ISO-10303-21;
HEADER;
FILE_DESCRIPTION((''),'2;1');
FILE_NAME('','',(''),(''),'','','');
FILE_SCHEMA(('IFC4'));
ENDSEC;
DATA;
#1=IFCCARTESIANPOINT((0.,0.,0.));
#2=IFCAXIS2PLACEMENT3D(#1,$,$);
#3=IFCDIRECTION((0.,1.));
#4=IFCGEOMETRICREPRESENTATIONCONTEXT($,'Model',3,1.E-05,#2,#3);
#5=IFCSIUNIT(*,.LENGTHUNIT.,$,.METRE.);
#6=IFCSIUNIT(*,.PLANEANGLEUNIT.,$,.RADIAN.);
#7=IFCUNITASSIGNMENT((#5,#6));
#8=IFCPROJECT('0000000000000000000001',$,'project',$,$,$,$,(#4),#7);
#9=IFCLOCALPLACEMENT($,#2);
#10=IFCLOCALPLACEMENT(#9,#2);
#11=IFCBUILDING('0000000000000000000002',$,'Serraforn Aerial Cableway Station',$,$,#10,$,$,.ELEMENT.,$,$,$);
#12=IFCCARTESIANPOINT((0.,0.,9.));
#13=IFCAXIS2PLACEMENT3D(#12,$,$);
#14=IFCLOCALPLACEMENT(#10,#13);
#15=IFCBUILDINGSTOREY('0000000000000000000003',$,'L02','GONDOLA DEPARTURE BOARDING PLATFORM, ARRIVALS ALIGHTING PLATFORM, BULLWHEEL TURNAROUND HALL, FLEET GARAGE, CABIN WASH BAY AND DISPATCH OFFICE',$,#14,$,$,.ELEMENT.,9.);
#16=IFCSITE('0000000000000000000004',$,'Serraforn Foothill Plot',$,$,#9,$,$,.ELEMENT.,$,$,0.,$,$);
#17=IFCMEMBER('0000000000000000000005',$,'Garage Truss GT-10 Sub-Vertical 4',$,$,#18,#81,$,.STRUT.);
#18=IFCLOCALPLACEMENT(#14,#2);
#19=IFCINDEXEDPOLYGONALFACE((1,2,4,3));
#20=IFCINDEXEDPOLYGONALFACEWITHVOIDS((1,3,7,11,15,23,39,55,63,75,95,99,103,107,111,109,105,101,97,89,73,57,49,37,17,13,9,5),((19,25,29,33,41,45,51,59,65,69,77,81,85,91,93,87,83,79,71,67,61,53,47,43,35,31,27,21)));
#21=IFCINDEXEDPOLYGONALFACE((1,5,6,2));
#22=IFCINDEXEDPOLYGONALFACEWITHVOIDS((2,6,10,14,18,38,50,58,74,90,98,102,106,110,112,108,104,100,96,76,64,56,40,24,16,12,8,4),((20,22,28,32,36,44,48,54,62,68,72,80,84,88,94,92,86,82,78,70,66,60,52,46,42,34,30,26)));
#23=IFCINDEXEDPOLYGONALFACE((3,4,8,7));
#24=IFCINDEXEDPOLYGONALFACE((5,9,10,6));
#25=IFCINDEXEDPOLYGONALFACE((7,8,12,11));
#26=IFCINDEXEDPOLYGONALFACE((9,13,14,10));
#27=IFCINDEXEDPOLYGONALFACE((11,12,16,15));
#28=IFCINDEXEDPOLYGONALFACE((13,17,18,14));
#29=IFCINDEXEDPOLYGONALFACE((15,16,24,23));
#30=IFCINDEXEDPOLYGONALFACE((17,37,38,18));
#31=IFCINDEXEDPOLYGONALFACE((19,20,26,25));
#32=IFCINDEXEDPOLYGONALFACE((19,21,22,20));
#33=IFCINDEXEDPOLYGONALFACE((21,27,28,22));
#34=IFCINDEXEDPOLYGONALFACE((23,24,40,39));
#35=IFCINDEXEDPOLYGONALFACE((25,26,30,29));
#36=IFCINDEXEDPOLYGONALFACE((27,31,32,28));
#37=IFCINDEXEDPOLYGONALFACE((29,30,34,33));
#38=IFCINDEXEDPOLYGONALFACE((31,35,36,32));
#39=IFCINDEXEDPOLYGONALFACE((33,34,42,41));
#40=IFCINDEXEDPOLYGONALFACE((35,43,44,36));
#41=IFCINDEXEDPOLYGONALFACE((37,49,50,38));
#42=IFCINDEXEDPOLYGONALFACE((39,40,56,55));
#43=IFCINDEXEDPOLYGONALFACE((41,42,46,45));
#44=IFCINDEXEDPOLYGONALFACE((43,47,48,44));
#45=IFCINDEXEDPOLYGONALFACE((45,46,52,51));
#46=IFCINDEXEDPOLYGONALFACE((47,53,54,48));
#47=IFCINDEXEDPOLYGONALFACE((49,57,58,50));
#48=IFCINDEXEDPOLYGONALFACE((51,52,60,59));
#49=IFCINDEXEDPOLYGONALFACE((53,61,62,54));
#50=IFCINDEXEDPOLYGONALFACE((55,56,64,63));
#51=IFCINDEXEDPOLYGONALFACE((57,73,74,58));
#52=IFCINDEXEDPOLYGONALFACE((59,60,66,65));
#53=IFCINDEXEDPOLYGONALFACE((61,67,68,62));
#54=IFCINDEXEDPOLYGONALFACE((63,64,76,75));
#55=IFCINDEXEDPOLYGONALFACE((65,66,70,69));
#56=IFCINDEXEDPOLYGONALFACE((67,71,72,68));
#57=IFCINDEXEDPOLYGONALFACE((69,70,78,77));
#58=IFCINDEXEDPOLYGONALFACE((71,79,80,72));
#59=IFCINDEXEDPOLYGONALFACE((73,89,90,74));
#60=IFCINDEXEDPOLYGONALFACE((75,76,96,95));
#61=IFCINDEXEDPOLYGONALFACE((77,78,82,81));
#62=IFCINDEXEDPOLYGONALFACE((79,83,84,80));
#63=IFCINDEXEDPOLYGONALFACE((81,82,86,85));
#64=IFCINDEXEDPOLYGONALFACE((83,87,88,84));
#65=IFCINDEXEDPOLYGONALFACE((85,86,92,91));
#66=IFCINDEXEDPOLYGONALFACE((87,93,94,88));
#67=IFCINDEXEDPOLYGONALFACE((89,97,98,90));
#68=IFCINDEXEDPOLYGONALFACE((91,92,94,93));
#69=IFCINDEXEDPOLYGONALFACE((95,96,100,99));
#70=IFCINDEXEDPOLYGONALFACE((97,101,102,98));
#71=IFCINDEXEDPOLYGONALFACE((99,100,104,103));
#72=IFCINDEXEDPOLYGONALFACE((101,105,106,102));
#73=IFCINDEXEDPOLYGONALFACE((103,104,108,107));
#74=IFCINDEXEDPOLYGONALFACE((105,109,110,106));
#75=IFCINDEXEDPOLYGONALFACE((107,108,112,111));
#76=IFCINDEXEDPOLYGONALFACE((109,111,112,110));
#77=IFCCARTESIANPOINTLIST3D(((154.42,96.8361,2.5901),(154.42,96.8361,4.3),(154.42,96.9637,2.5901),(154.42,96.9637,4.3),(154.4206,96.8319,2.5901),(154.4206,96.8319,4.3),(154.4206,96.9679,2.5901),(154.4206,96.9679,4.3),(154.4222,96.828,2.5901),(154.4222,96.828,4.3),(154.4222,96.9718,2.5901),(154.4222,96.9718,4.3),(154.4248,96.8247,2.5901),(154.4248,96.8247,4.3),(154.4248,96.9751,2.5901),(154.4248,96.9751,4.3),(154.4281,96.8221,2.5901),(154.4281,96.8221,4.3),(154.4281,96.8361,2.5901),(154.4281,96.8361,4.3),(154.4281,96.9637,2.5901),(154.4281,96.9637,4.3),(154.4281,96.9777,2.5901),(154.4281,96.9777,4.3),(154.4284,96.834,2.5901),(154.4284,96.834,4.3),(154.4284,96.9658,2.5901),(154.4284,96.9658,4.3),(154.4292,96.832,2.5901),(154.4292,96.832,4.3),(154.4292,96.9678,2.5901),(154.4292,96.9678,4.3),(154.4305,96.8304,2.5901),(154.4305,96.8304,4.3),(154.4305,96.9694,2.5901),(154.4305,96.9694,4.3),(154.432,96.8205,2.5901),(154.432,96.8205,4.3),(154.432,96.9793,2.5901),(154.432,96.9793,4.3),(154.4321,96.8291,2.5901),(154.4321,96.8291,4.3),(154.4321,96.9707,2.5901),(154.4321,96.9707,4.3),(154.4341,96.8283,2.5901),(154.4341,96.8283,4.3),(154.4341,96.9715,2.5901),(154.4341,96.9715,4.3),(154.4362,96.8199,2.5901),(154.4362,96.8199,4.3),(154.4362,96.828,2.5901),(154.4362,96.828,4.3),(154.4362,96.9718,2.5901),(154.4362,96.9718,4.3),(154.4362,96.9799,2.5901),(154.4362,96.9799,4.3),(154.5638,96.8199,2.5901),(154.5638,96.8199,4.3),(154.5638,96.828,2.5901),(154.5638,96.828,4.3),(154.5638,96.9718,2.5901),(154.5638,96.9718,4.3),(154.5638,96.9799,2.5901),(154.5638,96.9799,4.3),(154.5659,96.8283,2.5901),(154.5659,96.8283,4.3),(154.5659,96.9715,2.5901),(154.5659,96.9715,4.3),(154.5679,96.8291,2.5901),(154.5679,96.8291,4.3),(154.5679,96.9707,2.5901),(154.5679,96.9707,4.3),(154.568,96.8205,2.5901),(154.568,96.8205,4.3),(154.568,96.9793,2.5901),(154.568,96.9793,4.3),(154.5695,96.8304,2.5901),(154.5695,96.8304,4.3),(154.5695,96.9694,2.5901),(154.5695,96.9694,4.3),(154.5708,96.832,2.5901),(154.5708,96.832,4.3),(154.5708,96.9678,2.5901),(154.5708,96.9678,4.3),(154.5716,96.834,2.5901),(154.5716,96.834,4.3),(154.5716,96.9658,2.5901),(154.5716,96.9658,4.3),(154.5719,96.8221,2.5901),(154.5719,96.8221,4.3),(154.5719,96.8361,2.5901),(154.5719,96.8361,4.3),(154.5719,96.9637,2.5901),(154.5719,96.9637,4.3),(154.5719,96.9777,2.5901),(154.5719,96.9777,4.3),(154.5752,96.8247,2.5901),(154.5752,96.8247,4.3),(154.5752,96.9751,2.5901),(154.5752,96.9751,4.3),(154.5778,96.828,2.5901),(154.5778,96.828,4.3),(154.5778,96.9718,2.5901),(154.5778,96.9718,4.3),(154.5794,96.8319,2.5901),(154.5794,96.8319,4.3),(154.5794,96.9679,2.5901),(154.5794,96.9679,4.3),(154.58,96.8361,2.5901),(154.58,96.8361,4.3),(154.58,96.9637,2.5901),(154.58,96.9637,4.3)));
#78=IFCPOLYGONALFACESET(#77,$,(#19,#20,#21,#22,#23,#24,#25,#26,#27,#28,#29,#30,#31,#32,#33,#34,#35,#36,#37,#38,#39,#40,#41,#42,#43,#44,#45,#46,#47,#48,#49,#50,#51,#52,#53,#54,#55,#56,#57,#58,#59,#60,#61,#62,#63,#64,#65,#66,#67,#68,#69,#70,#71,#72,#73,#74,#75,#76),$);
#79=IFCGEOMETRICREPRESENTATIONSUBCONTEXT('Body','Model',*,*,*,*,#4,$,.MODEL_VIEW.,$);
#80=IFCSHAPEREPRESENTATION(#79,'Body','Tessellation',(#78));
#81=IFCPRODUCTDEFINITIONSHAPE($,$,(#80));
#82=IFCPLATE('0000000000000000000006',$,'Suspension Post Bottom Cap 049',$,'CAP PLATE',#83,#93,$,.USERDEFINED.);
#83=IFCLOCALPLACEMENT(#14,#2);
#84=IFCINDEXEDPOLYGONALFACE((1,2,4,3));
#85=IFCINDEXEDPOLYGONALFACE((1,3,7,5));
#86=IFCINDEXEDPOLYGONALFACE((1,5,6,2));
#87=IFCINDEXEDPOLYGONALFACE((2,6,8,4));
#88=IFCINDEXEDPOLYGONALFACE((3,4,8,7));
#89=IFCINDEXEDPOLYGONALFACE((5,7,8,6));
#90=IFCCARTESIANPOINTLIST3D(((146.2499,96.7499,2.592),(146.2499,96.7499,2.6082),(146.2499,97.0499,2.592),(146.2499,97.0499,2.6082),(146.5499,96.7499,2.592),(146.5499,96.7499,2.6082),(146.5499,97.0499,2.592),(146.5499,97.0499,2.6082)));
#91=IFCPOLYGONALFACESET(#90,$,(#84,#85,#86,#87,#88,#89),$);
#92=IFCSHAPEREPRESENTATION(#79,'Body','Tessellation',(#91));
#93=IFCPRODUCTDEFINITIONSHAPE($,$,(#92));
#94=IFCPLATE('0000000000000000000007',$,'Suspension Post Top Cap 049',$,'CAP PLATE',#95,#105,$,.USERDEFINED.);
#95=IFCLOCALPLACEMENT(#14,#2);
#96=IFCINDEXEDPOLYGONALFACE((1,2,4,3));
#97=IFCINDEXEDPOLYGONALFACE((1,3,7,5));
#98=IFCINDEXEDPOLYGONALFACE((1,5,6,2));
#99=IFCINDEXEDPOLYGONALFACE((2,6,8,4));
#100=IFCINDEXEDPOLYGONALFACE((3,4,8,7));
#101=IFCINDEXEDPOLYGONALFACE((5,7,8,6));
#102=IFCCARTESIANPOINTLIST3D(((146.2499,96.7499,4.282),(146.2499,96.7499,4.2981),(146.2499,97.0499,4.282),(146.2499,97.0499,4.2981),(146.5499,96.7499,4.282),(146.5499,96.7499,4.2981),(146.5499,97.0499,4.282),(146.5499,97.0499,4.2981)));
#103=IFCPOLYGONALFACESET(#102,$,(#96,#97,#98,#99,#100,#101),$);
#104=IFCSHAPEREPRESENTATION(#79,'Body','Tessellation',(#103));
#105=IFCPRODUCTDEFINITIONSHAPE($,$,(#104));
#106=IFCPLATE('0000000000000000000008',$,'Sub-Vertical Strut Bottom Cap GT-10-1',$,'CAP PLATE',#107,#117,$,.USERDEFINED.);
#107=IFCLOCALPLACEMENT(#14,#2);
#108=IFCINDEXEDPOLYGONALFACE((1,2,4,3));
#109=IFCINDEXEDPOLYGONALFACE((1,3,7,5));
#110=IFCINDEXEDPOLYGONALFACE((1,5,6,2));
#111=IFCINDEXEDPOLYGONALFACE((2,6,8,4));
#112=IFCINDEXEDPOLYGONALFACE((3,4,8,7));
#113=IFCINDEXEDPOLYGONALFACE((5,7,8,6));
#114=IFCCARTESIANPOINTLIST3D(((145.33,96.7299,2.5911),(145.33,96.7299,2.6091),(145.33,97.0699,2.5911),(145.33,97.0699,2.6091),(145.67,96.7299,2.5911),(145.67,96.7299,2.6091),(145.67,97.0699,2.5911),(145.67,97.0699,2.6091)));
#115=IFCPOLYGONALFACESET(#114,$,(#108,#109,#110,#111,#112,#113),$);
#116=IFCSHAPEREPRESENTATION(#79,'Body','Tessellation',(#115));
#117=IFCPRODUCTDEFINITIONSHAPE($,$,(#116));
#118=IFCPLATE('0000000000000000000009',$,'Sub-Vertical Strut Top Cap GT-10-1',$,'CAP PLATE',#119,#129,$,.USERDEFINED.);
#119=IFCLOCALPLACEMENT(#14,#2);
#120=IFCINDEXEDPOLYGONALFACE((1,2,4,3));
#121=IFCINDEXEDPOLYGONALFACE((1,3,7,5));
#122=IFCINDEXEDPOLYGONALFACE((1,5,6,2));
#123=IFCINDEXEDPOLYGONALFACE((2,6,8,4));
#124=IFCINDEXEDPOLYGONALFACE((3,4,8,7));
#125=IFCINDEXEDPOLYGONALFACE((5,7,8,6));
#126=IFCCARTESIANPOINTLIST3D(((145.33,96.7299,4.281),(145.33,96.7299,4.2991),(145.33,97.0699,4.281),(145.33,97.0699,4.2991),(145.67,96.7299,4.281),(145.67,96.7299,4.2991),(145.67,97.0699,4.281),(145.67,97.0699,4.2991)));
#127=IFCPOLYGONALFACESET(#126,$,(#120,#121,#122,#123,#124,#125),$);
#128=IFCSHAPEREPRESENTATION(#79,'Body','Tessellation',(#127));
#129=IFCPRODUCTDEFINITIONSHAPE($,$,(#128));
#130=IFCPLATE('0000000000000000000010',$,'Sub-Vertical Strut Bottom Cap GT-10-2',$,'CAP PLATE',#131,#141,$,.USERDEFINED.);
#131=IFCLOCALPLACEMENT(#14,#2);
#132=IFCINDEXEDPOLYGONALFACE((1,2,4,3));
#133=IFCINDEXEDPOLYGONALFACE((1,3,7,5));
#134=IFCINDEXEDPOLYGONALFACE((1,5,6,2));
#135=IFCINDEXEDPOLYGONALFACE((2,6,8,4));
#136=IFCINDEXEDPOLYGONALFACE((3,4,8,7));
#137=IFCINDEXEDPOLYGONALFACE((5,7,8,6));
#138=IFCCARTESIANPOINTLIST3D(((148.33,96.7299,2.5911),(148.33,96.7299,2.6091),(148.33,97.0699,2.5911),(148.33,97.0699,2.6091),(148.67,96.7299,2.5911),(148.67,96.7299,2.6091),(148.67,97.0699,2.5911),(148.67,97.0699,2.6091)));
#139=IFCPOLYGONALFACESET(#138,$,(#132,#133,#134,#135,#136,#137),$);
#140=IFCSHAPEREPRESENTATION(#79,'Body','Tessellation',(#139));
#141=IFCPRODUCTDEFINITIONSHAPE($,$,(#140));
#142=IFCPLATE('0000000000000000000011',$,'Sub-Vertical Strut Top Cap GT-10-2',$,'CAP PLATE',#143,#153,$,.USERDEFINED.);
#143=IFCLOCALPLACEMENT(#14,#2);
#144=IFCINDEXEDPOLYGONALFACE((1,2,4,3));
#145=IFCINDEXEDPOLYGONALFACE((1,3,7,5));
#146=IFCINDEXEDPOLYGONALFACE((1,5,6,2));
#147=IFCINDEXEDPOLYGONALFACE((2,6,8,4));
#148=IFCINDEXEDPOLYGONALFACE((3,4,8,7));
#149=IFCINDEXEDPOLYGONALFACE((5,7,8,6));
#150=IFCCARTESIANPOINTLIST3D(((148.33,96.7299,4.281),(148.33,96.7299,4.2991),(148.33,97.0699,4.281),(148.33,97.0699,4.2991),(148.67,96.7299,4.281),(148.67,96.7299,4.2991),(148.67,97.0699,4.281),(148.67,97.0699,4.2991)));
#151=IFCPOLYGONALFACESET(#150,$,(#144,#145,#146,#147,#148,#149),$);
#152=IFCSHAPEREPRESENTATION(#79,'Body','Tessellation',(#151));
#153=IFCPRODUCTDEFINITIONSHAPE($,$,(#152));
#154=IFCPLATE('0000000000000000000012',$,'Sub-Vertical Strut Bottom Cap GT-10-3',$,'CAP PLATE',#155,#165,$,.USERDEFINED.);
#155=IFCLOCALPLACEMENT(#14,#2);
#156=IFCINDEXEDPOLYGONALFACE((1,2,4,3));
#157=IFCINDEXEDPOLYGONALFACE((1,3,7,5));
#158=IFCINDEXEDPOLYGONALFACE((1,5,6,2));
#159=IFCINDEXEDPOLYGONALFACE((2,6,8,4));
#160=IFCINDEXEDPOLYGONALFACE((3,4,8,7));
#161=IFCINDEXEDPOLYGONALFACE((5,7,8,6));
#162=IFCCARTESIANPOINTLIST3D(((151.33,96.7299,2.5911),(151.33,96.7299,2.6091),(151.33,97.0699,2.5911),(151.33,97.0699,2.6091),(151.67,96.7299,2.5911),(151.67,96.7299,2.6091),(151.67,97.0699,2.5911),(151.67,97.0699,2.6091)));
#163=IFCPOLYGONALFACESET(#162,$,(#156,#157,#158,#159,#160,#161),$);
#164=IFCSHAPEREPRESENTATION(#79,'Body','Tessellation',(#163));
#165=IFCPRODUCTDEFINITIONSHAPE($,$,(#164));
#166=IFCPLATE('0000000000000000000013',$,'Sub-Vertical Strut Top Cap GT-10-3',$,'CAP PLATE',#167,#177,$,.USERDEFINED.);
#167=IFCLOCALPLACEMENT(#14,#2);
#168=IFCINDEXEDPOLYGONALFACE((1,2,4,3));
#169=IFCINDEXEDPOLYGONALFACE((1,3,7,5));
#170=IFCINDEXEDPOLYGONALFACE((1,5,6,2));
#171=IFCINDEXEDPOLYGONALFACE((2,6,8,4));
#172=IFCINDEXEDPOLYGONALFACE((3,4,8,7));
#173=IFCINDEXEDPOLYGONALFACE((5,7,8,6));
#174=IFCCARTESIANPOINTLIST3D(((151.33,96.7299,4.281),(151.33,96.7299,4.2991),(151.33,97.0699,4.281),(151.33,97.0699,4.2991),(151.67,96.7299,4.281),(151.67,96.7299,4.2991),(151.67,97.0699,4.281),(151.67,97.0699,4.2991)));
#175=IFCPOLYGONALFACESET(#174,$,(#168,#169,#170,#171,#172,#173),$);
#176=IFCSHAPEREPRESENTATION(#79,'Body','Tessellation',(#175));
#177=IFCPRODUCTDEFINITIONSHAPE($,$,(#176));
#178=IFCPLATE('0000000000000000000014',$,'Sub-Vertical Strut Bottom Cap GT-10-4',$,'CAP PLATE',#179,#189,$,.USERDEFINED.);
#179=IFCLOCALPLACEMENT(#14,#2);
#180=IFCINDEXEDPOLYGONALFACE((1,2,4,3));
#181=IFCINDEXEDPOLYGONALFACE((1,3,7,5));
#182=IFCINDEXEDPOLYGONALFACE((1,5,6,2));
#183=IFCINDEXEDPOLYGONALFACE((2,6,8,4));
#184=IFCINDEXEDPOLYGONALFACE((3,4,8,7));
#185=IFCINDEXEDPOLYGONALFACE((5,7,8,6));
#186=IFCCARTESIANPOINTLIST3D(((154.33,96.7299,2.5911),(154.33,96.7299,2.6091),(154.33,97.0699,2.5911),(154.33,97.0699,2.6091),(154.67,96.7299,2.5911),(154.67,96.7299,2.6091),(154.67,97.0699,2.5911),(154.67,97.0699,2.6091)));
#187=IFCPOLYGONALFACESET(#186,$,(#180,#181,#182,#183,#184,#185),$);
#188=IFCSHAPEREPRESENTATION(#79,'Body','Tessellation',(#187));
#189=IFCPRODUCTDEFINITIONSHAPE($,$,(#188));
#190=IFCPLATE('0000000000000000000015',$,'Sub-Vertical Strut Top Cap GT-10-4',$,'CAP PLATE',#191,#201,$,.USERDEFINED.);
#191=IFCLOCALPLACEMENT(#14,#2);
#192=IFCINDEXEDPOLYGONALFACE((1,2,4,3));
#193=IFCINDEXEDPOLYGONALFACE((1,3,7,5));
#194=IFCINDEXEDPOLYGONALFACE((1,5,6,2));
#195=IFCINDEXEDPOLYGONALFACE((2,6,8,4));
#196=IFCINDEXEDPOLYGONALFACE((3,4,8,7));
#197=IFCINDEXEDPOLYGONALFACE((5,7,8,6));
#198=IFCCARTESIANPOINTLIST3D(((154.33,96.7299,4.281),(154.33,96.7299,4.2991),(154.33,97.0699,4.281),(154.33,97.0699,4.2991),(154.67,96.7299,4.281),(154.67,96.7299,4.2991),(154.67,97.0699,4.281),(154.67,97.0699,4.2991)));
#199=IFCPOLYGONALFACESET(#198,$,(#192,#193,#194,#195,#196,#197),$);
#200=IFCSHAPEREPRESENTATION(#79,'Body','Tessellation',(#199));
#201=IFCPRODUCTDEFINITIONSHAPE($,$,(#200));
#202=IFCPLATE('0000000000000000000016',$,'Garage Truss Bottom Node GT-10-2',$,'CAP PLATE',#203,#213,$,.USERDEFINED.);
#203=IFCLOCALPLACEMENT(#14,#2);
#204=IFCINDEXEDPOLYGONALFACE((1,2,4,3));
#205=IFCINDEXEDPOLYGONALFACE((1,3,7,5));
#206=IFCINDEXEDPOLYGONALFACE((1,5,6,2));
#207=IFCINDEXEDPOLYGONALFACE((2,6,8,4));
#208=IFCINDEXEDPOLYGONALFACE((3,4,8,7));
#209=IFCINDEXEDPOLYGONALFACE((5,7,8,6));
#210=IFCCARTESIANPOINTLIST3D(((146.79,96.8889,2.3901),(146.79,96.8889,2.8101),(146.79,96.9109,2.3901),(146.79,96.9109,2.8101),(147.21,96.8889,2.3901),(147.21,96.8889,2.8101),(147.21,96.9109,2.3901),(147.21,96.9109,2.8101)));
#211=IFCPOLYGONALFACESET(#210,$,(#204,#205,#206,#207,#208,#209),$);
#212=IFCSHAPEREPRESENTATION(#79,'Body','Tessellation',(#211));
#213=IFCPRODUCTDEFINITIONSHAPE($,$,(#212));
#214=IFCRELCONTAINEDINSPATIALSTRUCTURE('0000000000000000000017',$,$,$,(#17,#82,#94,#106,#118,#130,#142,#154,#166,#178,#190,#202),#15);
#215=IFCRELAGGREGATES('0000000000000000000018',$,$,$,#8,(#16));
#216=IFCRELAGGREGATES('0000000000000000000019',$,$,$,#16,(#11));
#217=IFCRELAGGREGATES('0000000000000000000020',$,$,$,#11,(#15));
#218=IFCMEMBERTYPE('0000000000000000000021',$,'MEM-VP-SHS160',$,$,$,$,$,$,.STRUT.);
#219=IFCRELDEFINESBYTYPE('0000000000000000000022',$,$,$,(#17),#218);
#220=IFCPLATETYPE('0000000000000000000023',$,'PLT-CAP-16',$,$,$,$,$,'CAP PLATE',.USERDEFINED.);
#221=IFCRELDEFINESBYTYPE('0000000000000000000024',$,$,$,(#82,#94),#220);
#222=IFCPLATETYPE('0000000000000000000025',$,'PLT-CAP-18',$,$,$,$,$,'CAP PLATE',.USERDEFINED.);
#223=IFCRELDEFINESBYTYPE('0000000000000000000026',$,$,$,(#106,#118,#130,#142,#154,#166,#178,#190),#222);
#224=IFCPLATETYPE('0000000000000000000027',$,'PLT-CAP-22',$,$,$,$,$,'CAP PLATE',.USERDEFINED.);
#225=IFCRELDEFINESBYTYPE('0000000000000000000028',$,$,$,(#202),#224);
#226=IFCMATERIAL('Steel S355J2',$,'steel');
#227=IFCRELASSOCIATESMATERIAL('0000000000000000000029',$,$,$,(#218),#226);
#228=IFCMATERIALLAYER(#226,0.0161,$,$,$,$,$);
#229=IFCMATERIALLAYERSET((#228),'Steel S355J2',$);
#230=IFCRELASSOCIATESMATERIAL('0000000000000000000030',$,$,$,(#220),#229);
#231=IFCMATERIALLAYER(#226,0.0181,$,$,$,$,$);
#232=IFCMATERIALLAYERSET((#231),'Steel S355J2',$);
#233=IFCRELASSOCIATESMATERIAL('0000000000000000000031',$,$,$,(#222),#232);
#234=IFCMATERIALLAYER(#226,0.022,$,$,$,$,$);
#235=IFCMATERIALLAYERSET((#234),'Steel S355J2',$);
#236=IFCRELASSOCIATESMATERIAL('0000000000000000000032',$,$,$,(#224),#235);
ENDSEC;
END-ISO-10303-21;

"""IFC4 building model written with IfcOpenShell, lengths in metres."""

from ifc_helpers import new_model, si_unit, direction, frame, origin, origin_2d, place, context, subcontext, project, spatial, rectangle, hollow_rectangle, extrude, material, layer, layer_set, material_profile, profile_set, type_object, element, save


model = new_model("IFC4")

# Units and contexts
model_context = context("Model", 3, precision=1e-05, world=origin(), true_north=direction((0.0, 1.0)))
body_context = subcontext(model_context, "Body", "Model", "MODEL_VIEW")
ifc_project = project(units=[si_unit("LENGTHUNIT", "METRE"), si_unit("PLANEANGLEUNIT", "RADIAN")], contexts=[model_context])

# Site, building, storey
site_placement = place(None, origin())
site = spatial("IfcSite", under=ifc_project, at=site_placement, Name="Serraforn Foothill Plot", CompositionType="ELEMENT", RefElevation=0.0)
building_placement = place(site_placement, origin())
building = spatial("IfcBuilding", under=site, at=building_placement, Name="Serraforn Aerial Cableway Station", CompositionType="ELEMENT")
storey_placement = place(building_placement, frame((0.0, 0.0, 9.0)))
storey = spatial("IfcBuildingStorey", under=building, at=storey_placement, Name="L02", Description="GONDOLA DEPARTURE BOARDING PLATFORM, ARRIVALS ALIGHTING PLATFORM, BULLWHEEL TURNAROUND HALL, FLEET GARAGE, CABIN WASH BAY AND DISPATCH OFFICE", CompositionType="ELEMENT", Elevation=9.0)

# Member
ifc_material_1 = material(Name="Steel S355J2", Category="steel")
ifc_material_profile_1 = material_profile(ifc_material_1, hollow_rectangle(XDim=0.1599, YDim=0.1599, WallThickness=0.0081, InnerFilletRadius=0.0081, OuterFilletRadius=0.0161, at=origin_2d()), Name="SHS 160x160x8.0")
ifc_profile_set_1 = profile_set([ifc_material_profile_1], Name="Steel S355J2")
member_type_1 = type_object("IfcMemberType", Name="MEM-VP-SHS160", PredefinedType="STRUT", material=ifc_profile_set_1)
for number, where, z_axis, x_axis, name in (
    (1, (154.5, 96.8999, 2.5901), (0.0, 0.0, 1.0), (1.0, 0.0, 0.0), "Garage Truss GT-10 Sub-Vertical 4"),
):
    element("IfcMember", number, at=place(storey_placement, frame(where, z_axis=z_axis, x_axis=x_axis)), inside=storey, type_object=member_type_1, Name=name, PredefinedType="STRUT", context=body_context, shape_type="SweptSolid", body=[
        extrude(hollow_rectangle(XDim=0.1599, YDim=0.1599, WallThickness=0.0081, InnerFilletRadius=0.0081, OuterFilletRadius=0.0161, at=origin_2d()), origin(), (0.0, 0.0, 1.0), 1.71),
    ])

# Plates
ifc_layer_1 = layer(ifc_material_1, 0.0161)
ifc_layer_set_1 = layer_set([ifc_layer_1], Name="Steel S355J2")
plate_type_1 = type_object("IfcPlateType", Name="PLT-CAP-16", ElementType="CAP PLATE", PredefinedType="USERDEFINED", material=ifc_layer_set_1)
for number, where, z_axis, x_axis, name in (
    (2, (146.3999, 96.8999, 2.592), (0.0, 0.0, 1.0), (1.0, 0.0, 0.0), "Suspension Post Bottom Cap 049"),
    (3, (146.3999, 96.8999, 4.282), (0.0, 0.0, 1.0), (1.0, 0.0, 0.0), "Suspension Post Top Cap 049"),
):
    element("IfcPlate", number, at=place(storey_placement, frame(where, z_axis=z_axis, x_axis=x_axis)), inside=storey, type_object=plate_type_1, Name=name, ObjectType="CAP PLATE", PredefinedType="USERDEFINED", context=body_context, shape_type="SweptSolid", body=[
        extrude(rectangle(XDim=0.3, YDim=0.3, at=origin_2d()), origin(), (0.0, 0.0, 1.0), 0.0161),
    ])
ifc_layer_2 = layer(ifc_material_1, 0.0181)
ifc_layer_set_2 = layer_set([ifc_layer_2], Name="Steel S355J2")
plate_type_2 = type_object("IfcPlateType", Name="PLT-CAP-18", ElementType="CAP PLATE", PredefinedType="USERDEFINED", material=ifc_layer_set_2)
for number, where, z_axis, x_axis, name in (
    (4, (145.5, 96.8999, 2.5911), (0.0, 0.0, 1.0), (1.0, 0.0, 0.0), "Sub-Vertical Strut Bottom Cap GT-10-1"),
    (5, (145.5, 96.8999, 4.281), (0.0, 0.0, 1.0), (1.0, 0.0, 0.0), "Sub-Vertical Strut Top Cap GT-10-1"),
    (6, (148.5, 96.8999, 2.5911), (0.0, 0.0, 1.0), (1.0, 0.0, 0.0), "Sub-Vertical Strut Bottom Cap GT-10-2"),
    (7, (148.5, 96.8999, 4.281), (0.0, 0.0, 1.0), (1.0, 0.0, 0.0), "Sub-Vertical Strut Top Cap GT-10-2"),
    (8, (151.5, 96.8999, 2.5911), (0.0, 0.0, 1.0), (1.0, 0.0, 0.0), "Sub-Vertical Strut Bottom Cap GT-10-3"),
    (9, (151.5, 96.8999, 4.281), (0.0, 0.0, 1.0), (1.0, 0.0, 0.0), "Sub-Vertical Strut Top Cap GT-10-3"),
    (10, (154.5, 96.8999, 2.5911), (0.0, 0.0, 1.0), (1.0, 0.0, 0.0), "Sub-Vertical Strut Bottom Cap GT-10-4"),
    (11, (154.5, 96.8999, 4.281), (0.0, 0.0, 1.0), (1.0, 0.0, 0.0), "Sub-Vertical Strut Top Cap GT-10-4"),
):
    element("IfcPlate", number, at=place(storey_placement, frame(where, z_axis=z_axis, x_axis=x_axis)), inside=storey, type_object=plate_type_2, Name=name, ObjectType="CAP PLATE", PredefinedType="USERDEFINED", context=body_context, shape_type="SweptSolid", body=[
        extrude(rectangle(XDim=0.3401, YDim=0.3401, at=origin_2d()), origin(), (0.0, 0.0, 1.0), 0.0181),
    ])
ifc_layer_3 = layer(ifc_material_1, 0.022)
ifc_layer_set_3 = layer_set([ifc_layer_3], Name="Steel S355J2")
plate_type_3 = type_object("IfcPlateType", Name="PLT-CAP-22", ElementType="CAP PLATE", PredefinedType="USERDEFINED", material=ifc_layer_set_3)
for number, where, z_axis, x_axis, name in (
    (12, (147.0, 96.8999, 2.3901), (0.0, 0.0, 1.0), (1.0, 0.0, 0.0), "Garage Truss Bottom Node GT-10-2"),
):
    element("IfcPlate", number, at=place(storey_placement, frame(where, z_axis=z_axis, x_axis=x_axis)), inside=storey, type_object=plate_type_3, Name=name, ObjectType="CAP PLATE", PredefinedType="USERDEFINED", context=body_context, shape_type="SweptSolid", body=[
        extrude(rectangle(XDim=0.4199, YDim=0.022, at=origin_2d()), origin(), (0.0, 0.0, 1.0), 0.4199),
    ])

save(model, "model.ifc")
